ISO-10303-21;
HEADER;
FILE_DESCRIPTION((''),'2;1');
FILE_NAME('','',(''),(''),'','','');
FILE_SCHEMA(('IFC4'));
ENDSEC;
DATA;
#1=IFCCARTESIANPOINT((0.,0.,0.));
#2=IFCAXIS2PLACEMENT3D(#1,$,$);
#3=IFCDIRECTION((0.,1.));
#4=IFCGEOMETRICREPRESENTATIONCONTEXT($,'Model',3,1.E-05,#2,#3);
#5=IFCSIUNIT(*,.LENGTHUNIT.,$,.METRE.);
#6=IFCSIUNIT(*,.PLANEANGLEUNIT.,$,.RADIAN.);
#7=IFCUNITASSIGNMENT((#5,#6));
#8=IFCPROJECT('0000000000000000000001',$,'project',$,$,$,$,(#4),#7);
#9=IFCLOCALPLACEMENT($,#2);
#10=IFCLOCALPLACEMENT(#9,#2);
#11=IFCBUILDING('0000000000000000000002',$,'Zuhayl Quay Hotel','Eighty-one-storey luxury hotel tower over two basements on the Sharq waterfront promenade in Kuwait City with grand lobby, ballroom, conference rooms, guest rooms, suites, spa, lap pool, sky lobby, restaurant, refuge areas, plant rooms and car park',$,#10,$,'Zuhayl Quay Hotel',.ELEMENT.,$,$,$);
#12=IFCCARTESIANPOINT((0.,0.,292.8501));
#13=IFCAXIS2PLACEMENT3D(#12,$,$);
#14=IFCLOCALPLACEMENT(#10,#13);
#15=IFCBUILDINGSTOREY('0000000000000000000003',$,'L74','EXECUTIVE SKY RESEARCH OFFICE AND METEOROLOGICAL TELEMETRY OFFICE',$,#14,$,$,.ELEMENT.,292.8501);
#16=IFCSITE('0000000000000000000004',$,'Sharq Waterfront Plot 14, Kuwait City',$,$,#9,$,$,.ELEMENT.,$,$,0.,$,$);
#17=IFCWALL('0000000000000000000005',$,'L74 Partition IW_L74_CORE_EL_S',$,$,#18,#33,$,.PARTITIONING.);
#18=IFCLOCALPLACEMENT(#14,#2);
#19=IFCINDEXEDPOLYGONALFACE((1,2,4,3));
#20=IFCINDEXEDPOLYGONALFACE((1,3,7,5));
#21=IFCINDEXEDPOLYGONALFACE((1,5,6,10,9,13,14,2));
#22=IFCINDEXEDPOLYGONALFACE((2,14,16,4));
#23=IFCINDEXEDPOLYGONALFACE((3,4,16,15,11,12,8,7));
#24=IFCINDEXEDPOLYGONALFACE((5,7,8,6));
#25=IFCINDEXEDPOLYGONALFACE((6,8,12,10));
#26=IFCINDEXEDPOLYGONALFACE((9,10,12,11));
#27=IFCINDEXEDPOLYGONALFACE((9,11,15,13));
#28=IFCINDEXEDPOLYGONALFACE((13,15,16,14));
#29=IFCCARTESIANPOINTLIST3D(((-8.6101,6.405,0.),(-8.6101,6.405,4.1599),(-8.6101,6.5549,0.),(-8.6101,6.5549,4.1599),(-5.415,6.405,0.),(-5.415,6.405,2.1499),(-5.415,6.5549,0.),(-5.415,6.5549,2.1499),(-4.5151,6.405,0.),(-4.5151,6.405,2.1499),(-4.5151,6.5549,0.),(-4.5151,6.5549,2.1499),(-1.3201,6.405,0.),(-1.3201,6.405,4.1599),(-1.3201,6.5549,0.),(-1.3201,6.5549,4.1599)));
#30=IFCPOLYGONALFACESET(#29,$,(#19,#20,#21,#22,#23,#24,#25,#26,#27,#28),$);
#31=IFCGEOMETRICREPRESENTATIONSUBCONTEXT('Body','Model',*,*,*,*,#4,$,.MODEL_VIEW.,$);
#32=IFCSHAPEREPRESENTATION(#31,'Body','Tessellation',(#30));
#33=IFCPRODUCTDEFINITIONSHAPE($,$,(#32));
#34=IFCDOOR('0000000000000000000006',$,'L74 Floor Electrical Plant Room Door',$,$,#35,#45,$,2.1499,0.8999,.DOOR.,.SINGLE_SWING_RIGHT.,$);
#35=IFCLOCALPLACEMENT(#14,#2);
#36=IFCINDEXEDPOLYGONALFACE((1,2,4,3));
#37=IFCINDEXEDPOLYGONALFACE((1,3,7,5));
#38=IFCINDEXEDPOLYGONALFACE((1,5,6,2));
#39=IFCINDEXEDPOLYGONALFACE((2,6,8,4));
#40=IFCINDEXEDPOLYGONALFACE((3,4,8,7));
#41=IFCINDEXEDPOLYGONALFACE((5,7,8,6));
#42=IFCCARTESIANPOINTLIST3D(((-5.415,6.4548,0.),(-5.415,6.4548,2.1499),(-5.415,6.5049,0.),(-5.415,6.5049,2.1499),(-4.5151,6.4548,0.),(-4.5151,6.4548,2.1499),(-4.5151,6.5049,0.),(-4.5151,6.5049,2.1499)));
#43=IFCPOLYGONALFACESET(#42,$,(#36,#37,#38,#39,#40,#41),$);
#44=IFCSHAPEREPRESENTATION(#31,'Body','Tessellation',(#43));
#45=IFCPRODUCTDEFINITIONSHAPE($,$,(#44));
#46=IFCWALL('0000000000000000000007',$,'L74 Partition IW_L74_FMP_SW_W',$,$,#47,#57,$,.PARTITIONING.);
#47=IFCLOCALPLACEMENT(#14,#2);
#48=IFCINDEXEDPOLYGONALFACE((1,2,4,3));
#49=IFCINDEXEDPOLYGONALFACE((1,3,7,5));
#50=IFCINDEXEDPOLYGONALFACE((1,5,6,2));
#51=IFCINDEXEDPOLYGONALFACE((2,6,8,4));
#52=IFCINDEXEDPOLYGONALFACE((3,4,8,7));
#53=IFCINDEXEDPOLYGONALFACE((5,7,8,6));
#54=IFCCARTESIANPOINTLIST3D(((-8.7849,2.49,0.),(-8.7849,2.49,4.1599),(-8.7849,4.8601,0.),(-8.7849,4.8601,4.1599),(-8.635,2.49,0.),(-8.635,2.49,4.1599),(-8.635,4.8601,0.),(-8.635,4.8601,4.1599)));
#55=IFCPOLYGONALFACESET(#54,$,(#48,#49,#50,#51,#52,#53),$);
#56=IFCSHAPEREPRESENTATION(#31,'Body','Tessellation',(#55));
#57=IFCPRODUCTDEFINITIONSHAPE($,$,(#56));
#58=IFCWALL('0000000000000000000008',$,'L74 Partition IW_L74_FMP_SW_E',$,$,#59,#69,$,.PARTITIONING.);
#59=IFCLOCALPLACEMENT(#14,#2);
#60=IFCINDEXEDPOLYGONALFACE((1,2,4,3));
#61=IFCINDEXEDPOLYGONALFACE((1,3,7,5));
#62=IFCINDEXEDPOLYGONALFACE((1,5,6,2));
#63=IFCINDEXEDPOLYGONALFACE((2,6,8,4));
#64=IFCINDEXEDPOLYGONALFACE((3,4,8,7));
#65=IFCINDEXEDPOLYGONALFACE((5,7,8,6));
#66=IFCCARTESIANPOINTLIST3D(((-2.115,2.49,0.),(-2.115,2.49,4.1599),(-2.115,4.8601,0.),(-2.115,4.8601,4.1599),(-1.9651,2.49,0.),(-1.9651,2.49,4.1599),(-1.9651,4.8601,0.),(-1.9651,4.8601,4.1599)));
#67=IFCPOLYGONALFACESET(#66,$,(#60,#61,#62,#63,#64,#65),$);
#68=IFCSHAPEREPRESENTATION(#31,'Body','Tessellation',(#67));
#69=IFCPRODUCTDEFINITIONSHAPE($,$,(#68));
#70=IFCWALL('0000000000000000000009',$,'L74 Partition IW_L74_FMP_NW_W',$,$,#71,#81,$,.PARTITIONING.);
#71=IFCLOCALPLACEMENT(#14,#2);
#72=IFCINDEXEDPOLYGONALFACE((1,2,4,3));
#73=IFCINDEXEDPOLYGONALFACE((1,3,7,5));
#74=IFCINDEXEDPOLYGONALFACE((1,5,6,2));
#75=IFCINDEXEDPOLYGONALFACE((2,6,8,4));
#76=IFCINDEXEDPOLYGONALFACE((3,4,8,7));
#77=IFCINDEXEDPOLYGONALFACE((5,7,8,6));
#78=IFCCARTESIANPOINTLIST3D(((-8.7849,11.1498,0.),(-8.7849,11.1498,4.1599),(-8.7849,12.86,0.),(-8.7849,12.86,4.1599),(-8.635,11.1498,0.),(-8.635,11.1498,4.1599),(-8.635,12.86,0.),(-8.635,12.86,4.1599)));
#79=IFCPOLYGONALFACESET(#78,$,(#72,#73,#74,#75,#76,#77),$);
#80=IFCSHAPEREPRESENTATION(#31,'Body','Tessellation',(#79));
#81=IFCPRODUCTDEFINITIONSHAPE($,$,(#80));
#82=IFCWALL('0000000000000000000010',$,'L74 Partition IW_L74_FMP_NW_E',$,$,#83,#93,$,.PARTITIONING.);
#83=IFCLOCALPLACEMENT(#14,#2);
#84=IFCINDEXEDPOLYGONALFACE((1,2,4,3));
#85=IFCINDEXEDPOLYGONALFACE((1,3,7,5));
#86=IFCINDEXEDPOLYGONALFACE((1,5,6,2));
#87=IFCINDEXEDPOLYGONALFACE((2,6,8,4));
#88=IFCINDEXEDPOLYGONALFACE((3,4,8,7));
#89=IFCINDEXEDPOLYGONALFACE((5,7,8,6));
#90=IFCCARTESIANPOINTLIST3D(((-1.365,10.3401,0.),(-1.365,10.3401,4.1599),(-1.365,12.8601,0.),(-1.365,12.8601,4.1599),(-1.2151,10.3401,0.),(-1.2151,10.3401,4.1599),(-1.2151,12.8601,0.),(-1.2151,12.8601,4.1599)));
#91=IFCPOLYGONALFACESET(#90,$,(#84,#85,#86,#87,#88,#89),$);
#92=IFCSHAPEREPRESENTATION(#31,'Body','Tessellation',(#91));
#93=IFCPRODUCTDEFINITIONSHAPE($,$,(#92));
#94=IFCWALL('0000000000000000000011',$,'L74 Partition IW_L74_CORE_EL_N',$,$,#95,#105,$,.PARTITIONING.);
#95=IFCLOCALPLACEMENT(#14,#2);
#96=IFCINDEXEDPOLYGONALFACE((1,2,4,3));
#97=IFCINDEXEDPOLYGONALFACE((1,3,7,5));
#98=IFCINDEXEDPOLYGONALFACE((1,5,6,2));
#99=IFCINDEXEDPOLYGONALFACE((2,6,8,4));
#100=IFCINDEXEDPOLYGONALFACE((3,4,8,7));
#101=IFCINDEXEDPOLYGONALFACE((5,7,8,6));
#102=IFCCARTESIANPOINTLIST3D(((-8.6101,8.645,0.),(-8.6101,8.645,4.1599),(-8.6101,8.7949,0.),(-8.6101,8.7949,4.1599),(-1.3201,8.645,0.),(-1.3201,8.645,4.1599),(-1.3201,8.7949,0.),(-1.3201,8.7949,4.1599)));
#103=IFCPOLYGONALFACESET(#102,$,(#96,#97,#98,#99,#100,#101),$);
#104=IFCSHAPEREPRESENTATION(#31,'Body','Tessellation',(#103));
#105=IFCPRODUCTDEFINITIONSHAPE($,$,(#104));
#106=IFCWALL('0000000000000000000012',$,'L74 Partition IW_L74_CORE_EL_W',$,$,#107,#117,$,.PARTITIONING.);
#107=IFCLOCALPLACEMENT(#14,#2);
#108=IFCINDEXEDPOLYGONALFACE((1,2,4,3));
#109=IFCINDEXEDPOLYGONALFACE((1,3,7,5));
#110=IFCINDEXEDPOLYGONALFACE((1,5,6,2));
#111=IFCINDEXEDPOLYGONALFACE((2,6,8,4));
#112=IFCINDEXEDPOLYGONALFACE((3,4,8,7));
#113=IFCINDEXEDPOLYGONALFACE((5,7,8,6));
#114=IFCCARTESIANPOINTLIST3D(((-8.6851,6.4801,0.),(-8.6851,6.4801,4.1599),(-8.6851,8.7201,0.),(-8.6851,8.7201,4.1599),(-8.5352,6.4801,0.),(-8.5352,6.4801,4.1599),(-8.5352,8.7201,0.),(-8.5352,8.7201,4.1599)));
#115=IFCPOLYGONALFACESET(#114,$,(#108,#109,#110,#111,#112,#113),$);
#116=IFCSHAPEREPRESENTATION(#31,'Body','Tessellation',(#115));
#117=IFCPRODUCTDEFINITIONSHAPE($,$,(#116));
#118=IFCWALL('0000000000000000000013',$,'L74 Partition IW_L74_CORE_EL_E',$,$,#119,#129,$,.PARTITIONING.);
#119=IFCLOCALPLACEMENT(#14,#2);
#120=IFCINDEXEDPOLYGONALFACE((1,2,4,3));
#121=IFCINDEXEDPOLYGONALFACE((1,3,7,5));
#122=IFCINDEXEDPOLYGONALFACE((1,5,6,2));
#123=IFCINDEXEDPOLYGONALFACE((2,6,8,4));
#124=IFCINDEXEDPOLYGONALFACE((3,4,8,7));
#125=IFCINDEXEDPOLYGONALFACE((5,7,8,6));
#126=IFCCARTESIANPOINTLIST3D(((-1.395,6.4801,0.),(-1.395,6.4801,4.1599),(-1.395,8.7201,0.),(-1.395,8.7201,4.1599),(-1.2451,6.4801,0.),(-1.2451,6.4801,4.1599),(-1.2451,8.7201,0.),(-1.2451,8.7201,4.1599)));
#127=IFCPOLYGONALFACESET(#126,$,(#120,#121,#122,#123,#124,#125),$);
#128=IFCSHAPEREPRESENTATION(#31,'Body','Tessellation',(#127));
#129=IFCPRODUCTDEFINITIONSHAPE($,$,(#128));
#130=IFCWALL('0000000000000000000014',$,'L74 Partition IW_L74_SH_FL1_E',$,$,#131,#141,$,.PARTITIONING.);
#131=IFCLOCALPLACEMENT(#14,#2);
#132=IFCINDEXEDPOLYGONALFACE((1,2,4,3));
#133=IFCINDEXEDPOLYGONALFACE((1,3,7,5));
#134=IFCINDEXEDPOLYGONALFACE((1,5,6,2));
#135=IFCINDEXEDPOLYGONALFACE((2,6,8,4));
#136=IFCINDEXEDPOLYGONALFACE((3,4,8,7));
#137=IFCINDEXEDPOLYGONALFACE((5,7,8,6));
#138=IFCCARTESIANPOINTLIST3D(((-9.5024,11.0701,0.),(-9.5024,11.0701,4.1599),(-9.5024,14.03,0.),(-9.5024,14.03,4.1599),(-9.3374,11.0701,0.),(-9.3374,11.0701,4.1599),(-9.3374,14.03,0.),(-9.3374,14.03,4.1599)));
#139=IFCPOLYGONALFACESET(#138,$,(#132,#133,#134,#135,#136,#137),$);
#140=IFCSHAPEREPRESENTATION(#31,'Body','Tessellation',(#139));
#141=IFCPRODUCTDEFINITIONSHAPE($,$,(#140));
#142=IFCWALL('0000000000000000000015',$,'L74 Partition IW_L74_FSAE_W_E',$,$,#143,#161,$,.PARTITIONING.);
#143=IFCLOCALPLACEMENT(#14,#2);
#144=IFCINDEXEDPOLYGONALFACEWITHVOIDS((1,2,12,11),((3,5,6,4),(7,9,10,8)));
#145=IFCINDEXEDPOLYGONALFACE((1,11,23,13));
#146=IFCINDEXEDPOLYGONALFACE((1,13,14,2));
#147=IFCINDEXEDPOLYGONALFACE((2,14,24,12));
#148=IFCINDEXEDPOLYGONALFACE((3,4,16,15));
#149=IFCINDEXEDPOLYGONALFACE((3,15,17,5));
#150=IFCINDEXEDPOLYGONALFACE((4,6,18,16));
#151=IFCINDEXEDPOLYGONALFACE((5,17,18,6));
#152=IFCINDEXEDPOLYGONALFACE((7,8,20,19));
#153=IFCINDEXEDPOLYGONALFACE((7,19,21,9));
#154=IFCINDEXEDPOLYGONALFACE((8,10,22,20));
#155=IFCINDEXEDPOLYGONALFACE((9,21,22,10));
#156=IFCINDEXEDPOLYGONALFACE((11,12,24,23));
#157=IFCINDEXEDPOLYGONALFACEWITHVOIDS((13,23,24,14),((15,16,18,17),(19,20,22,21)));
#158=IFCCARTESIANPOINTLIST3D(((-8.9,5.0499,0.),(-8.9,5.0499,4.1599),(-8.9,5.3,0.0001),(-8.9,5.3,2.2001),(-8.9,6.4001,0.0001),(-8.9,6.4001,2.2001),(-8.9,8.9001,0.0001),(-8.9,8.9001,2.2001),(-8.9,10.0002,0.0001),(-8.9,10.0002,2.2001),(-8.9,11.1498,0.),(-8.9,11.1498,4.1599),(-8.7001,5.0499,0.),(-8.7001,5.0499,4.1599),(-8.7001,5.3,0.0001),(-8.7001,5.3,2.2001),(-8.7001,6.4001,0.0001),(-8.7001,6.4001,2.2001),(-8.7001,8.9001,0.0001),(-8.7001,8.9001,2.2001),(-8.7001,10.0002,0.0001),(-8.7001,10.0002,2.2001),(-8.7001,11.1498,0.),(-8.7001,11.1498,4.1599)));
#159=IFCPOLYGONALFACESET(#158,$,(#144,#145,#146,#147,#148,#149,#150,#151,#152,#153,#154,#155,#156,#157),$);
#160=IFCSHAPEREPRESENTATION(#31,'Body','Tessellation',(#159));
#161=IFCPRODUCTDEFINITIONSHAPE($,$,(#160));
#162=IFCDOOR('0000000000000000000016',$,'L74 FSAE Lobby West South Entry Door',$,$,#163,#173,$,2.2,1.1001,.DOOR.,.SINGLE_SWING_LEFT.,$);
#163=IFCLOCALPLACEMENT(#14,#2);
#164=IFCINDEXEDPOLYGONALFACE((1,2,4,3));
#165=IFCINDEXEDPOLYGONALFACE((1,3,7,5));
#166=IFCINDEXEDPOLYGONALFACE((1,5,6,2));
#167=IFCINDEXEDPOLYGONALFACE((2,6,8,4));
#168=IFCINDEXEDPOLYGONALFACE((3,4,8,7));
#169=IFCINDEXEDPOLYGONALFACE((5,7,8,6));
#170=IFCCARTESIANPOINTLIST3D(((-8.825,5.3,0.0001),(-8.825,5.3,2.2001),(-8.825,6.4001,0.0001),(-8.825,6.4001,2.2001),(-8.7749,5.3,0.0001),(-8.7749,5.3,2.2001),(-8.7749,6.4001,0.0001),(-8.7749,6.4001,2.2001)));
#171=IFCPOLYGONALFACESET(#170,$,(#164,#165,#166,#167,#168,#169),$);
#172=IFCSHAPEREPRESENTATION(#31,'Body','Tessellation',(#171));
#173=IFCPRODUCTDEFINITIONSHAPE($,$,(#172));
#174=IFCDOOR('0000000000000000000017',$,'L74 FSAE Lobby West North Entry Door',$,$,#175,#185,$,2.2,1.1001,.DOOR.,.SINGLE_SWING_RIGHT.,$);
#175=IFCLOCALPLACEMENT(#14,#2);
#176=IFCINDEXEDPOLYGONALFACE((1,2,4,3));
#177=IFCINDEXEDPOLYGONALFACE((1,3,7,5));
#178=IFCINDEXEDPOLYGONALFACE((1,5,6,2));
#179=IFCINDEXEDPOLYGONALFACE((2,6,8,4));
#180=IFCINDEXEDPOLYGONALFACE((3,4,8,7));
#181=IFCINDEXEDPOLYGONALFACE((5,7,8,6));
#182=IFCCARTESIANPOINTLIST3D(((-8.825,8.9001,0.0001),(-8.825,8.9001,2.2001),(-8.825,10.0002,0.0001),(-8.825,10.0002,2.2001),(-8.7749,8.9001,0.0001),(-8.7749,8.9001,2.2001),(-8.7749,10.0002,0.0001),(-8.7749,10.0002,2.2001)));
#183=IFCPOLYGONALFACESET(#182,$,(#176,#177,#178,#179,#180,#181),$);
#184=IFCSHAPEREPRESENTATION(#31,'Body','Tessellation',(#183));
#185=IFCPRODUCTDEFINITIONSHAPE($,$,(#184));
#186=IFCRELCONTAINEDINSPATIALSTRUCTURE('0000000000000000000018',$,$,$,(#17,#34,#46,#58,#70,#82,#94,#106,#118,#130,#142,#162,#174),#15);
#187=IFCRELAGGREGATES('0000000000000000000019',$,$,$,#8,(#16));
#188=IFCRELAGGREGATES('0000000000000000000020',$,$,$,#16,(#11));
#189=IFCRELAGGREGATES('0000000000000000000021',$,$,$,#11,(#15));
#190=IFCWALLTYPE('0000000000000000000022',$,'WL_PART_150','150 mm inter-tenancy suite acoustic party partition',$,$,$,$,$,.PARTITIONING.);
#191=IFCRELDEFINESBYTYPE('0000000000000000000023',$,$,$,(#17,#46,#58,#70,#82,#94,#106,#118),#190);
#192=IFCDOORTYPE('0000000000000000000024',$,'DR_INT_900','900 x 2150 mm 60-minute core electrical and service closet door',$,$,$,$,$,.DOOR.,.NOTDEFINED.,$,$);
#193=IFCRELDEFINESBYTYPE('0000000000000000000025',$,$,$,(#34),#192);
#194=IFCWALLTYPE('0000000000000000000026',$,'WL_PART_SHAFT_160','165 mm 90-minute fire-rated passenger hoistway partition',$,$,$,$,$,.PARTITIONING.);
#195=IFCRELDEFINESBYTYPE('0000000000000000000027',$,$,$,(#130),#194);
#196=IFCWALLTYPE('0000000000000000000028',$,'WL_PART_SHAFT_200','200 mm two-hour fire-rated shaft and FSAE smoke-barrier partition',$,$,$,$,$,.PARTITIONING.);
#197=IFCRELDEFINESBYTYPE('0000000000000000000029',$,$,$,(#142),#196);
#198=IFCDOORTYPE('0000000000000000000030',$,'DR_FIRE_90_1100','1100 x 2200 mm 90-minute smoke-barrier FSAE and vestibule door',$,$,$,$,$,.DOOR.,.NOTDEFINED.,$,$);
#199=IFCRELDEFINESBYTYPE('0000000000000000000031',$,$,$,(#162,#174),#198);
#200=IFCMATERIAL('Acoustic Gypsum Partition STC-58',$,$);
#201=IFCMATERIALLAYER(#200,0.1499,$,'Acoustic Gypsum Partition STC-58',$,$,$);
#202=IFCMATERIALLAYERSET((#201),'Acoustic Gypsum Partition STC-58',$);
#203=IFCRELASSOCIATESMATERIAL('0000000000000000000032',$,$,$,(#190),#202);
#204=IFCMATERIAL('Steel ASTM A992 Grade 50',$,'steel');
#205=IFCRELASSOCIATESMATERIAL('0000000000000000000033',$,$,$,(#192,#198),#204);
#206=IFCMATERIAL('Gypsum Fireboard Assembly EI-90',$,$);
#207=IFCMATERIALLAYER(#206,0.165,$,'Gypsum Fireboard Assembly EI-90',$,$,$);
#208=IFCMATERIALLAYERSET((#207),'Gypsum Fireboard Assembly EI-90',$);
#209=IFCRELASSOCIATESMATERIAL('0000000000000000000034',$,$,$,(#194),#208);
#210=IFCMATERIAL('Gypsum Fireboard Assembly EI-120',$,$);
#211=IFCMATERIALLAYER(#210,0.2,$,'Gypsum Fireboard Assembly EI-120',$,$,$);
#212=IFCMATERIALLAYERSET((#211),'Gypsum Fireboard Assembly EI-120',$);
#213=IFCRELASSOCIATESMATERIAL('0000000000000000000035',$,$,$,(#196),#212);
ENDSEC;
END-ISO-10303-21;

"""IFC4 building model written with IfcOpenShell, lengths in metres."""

from ifc_helpers import new_model, si_unit, direction, frame, frame_2d, origin, place, context, subcontext, project, spatial, rectangle, extrude, material, layer, layer_set, type_object, element, fill, save


model = new_model("IFC4")

# Units and contexts
model_context = context("Model", 3, precision=1e-05, world=origin(), true_north=direction((0.0, 1.0)))
body_context = subcontext(model_context, "Body", "Model", "MODEL_VIEW")
ifc_project = project(units=[si_unit("LENGTHUNIT", "METRE"), si_unit("PLANEANGLEUNIT", "RADIAN")], contexts=[model_context])

# Site, building, storey
site_placement = place(None, origin())
site = spatial("IfcSite", under=ifc_project, at=site_placement, Name="Sharq Waterfront Plot 14, Kuwait City", CompositionType="ELEMENT", RefElevation=0.0)
building_placement = place(site_placement, origin())
building = spatial("IfcBuilding", under=site, at=building_placement, Name="Zuhayl Quay Hotel", Description="Eighty-one-storey luxury hotel tower over two basements on the Sharq waterfront promenade in Kuwait City with grand lobby, ballroom, conference rooms, guest rooms, suites, spa, lap pool, sky lobby, restaurant, refuge areas, plant rooms and car park", LongName="Zuhayl Quay Hotel", CompositionType="ELEMENT")
storey_placement = place(building_placement, frame((0.0, 0.0, 292.8501)))
storey = spatial("IfcBuildingStorey", under=building, at=storey_placement, Name="L74", Description="EXECUTIVE SKY RESEARCH OFFICE AND METEOROLOGICAL TELEMETRY OFFICE", CompositionType="ELEMENT", Elevation=292.8501)

# Wall, opening, door
ifc_material_1 = material(Name="Acoustic Gypsum Partition STC-58")
ifc_layer_1 = layer(ifc_material_1, 0.1499, Name="Acoustic Gypsum Partition STC-58")
ifc_layer_set_1 = layer_set([ifc_layer_1], Name="Acoustic Gypsum Partition STC-58")
wall_type_1 = type_object("IfcWallType", Name="WL_PART_150", Description="150 mm inter-tenancy suite acoustic party partition", PredefinedType="PARTITIONING", material=ifc_layer_set_1)
ifc_material_2 = material(Name="Steel ASTM A992 Grade 50", Category="steel")
door_type_1 = type_object("IfcDoorType", Name="DR_INT_900", Description="900 x 2150 mm 60-minute core electrical and service closet door", OperationType="NOTDEFINED", PredefinedType="DOOR", material=ifc_material_2)
wall_1_placement = place(storey_placement, frame((-8.6101, 6.48, 0.0), z_axis=(0.0, 0.0, 1.0), x_axis=(1.0, 0.0, 0.0)))
wall_1 = element("IfcWall", 1, at=wall_1_placement, inside=storey, type_object=wall_type_1, Name="L74 Partition IW_L74_CORE_EL_S", PredefinedType="PARTITIONING", context=body_context, shape_type="SweptSolid", body=[
    extrude(rectangle(XDim=7.29, YDim=0.1499, at=frame_2d((3.645, 0.0))), origin(), (0.0, 0.0, 1.0), 4.1599),
])
opening_1_placement = place(wall_1_placement, frame((3.1951, 0.0, 0.0)))
opening_1 = element("IfcOpeningElement", 2, at=opening_1_placement, cuts=wall_1, PredefinedType="OPENING", context=body_context, shape_type="SweptSolid", body=[
    extrude(rectangle(XDim=0.8999, YDim=2.1499, at=frame_2d((0.45, 1.075))), frame((0.0, 0.085, 0.0), z_axis=(0.0, -1.0, 0.0), x_axis=(1.0, 0.0, 0.0)), (0.0, 0.0, 1.0), 0.1699),
])
door_1_placement = place(opening_1_placement, origin())
door_1 = element("IfcDoor", 3, at=door_1_placement, inside=storey, type_object=door_type_1, Name="L74 Floor Electrical Plant Room Door", OperationType="SINGLE_SWING_RIGHT", OverallHeight=2.1499, OverallWidth=0.8999, PredefinedType="DOOR", context=body_context, shape_type="SweptSolid", body=[
    extrude(rectangle(XDim=0.8999, YDim=2.1499, at=frame_2d((0.45, 1.075))), frame((0.0, 0.0249, 0.0), z_axis=(0.0, -1.0, 0.0), x_axis=(1.0, 0.0, 0.0)), (0.0, 0.0, 1.0), 0.05),
])
fill(opening_1, door_1)

# Walls
for number, where, z_axis, x_axis, name in (
    (4, (-8.71, 2.49, 0.0), (0.0, 0.0, 1.0), (0.0, 1.0, 0.0), "L74 Partition IW_L74_FMP_SW_W"),
    (5, (-2.04, 2.49, 0.0), (0.0, 0.0, 1.0), (0.0, 1.0, 0.0), "L74 Partition IW_L74_FMP_SW_E"),
):
    element("IfcWall", number, at=place(storey_placement, frame(where, z_axis=z_axis, x_axis=x_axis)), inside=storey, type_object=wall_type_1, Name=name, PredefinedType="PARTITIONING", context=body_context, shape_type="SweptSolid", body=[
        extrude(rectangle(XDim=2.3701, YDim=0.1499, at=frame_2d((1.1851, 0.0))), origin(), (0.0, 0.0, 1.0), 4.1599),
    ])
wall_2_placement = place(storey_placement, frame((-8.71, 11.1499, 0.0), z_axis=(0.0, 0.0, 1.0), x_axis=(0.0, 1.0, 0.0)))
element("IfcWall", 6, at=wall_2_placement, inside=storey, type_object=wall_type_1, Name="L74 Partition IW_L74_FMP_NW_W", PredefinedType="PARTITIONING", context=body_context, shape_type="SweptSolid", body=[
    extrude(rectangle(XDim=1.7102, YDim=0.1499, at=frame_2d((0.855, 0.0))), origin(), (0.0, 0.0, 1.0), 4.1599),
])
wall_3_placement = place(storey_placement, frame((-1.29, 10.3401, 0.0), z_axis=(0.0, 0.0, 1.0), x_axis=(0.0, 1.0, 0.0)))
element("IfcWall", 7, at=wall_3_placement, inside=storey, type_object=wall_type_1, Name="L74 Partition IW_L74_FMP_NW_E", PredefinedType="PARTITIONING", context=body_context, shape_type="SweptSolid", body=[
    extrude(rectangle(XDim=2.52, YDim=0.1499, at=frame_2d((1.26, 0.0))), origin(), (0.0, 0.0, 1.0), 4.1599),
])
wall_4_placement = place(storey_placement, frame((-8.6101, 8.72, 0.0), z_axis=(0.0, 0.0, 1.0), x_axis=(1.0, 0.0, 0.0)))
element("IfcWall", 8, at=wall_4_placement, inside=storey, type_object=wall_type_1, Name="L74 Partition IW_L74_CORE_EL_N", PredefinedType="PARTITIONING", context=body_context, shape_type="SweptSolid", body=[
    extrude(rectangle(XDim=7.29, YDim=0.1499, at=frame_2d((3.645, 0.0))), origin(), (0.0, 0.0, 1.0), 4.1599),
])
for number, where, z_axis, x_axis, name in (
    (9, (-8.6101, 6.48, 0.0), (0.0, 0.0, 1.0), (0.0, 1.0, 0.0), "L74 Partition IW_L74_CORE_EL_W"),
    (10, (-1.3201, 6.48, 0.0), (0.0, 0.0, 1.0), (0.0, 1.0, 0.0), "L74 Partition IW_L74_CORE_EL_E"),
):
    element("IfcWall", number, at=place(storey_placement, frame(where, z_axis=z_axis, x_axis=x_axis)), inside=storey, type_object=wall_type_1, Name=name, PredefinedType="PARTITIONING", context=body_context, shape_type="SweptSolid", body=[
        extrude(rectangle(XDim=2.24, YDim=0.1499, at=frame_2d((1.1201, 0.0))), origin(), (0.0, 0.0, 1.0), 4.1599),
    ])
ifc_material_3 = material(Name="Gypsum Fireboard Assembly EI-90")
ifc_layer_2 = layer(ifc_material_3, 0.165, Name="Gypsum Fireboard Assembly EI-90")
ifc_layer_set_2 = layer_set([ifc_layer_2], Name="Gypsum Fireboard Assembly EI-90")
wall_type_2 = type_object("IfcWallType", Name="WL_PART_SHAFT_160", Description="165 mm 90-minute fire-rated passenger hoistway partition", PredefinedType="PARTITIONING", material=ifc_layer_set_2)
wall_5_placement = place(storey_placement, frame((-9.4199, 11.0701, 0.0), z_axis=(0.0, 0.0, 1.0), x_axis=(0.0, 1.0, 0.0)))
element("IfcWall", 11, at=wall_5_placement, inside=storey, type_object=wall_type_2, Name="L74 Partition IW_L74_SH_FL1_E", PredefinedType="PARTITIONING", context=body_context, shape_type="SweptSolid", body=[
    extrude(rectangle(XDim=2.96, YDim=0.165, at=frame_2d((1.48, 0.0))), origin(), (0.0, 0.0, 1.0), 4.1599),
])

# Wall, openings, doors
ifc_material_4 = material(Name="Gypsum Fireboard Assembly EI-120")
ifc_layer_3 = layer(ifc_material_4, 0.2, Name="Gypsum Fireboard Assembly EI-120")
ifc_layer_set_3 = layer_set([ifc_layer_3], Name="Gypsum Fireboard Assembly EI-120")
wall_type_3 = type_object("IfcWallType", Name="WL_PART_SHAFT_200", Description="200 mm two-hour fire-rated shaft and FSAE smoke-barrier partition", PredefinedType="PARTITIONING", material=ifc_layer_set_3)
wall_6_placement = place(storey_placement, frame((-8.8, 5.05, 0.0), z_axis=(0.0, 0.0, 1.0), x_axis=(0.0, 1.0, 0.0)))
wall_6 = element("IfcWall", 12, at=wall_6_placement, inside=storey, type_object=wall_type_3, Name="L74 Partition IW_L74_FSAE_W_E", PredefinedType="PARTITIONING", context=body_context, shape_type="SweptSolid", body=[
    extrude(rectangle(XDim=6.0999, YDim=0.2, at=frame_2d((3.0498, 0.0))), origin(), (0.0, 0.0, 1.0), 4.1599),
])
opening_2_placement = place(wall_6_placement, frame((0.25, 0.0, 0.0)))
opening_2 = element("IfcOpeningElement", 13, at=opening_2_placement, cuts=wall_6, PredefinedType="OPENING", context=body_context, shape_type="SweptSolid", body=[
    extrude(rectangle(XDim=1.1001, YDim=2.2, at=frame_2d((0.55, 1.1001))), frame((0.0, 0.1099, 0.0), z_axis=(0.0, -1.0, 0.0), x_axis=(1.0, 0.0, 0.0)), (0.0, 0.0, 1.0), 0.22),
])
opening_3_placement = place(wall_6_placement, frame((3.8501, 0.0, 0.0)))
opening_3 = element("IfcOpeningElement", 14, at=opening_3_placement, cuts=wall_6, PredefinedType="OPENING", context=body_context, shape_type="SweptSolid", body=[
    extrude(rectangle(XDim=1.1001, YDim=2.2, at=frame_2d((0.55, 1.1001))), frame((0.0, 0.1099, 0.0), z_axis=(0.0, -1.0, 0.0), x_axis=(1.0, 0.0, 0.0)), (0.0, 0.0, 1.0), 0.22),
])
door_type_2 = type_object("IfcDoorType", Name="DR_FIRE_90_1100", Description="1100 x 2200 mm 90-minute smoke-barrier FSAE and vestibule door", OperationType="NOTDEFINED", PredefinedType="DOOR", material=ifc_material_2)
door_2_placement = place(opening_2_placement, origin())
door_2 = element("IfcDoor", 15, at=door_2_placement, inside=storey, type_object=door_type_2, Name="L74 FSAE Lobby West South Entry Door", OperationType="SINGLE_SWING_LEFT", OverallHeight=2.2, OverallWidth=1.1001, PredefinedType="DOOR", context=body_context, shape_type="SweptSolid", body=[
    extrude(rectangle(XDim=1.1001, YDim=2.2, at=frame_2d((0.55, 1.1001))), frame((0.0, 0.0249, 0.0), z_axis=(0.0, -1.0, 0.0), x_axis=(1.0, 0.0, 0.0)), (0.0, 0.0, 1.0), 0.05),
])
fill(opening_2, door_2)
door_3_placement = place(opening_3_placement, origin())
door_3 = element("IfcDoor", 16, at=door_3_placement, inside=storey, type_object=door_type_2, Name="L74 FSAE Lobby West North Entry Door", OperationType="SINGLE_SWING_RIGHT", OverallHeight=2.2, OverallWidth=1.1001, PredefinedType="DOOR", context=body_context, shape_type="SweptSolid", body=[
    extrude(rectangle(XDim=1.1001, YDim=2.2, at=frame_2d((0.55, 1.1001))), frame((0.0, 0.0249, 0.0), z_axis=(0.0, -1.0, 0.0), x_axis=(1.0, 0.0, 0.0)), (0.0, 0.0, 1.0), 0.05),
])
fill(opening_3, door_3)

save(model, "model.ifc")
